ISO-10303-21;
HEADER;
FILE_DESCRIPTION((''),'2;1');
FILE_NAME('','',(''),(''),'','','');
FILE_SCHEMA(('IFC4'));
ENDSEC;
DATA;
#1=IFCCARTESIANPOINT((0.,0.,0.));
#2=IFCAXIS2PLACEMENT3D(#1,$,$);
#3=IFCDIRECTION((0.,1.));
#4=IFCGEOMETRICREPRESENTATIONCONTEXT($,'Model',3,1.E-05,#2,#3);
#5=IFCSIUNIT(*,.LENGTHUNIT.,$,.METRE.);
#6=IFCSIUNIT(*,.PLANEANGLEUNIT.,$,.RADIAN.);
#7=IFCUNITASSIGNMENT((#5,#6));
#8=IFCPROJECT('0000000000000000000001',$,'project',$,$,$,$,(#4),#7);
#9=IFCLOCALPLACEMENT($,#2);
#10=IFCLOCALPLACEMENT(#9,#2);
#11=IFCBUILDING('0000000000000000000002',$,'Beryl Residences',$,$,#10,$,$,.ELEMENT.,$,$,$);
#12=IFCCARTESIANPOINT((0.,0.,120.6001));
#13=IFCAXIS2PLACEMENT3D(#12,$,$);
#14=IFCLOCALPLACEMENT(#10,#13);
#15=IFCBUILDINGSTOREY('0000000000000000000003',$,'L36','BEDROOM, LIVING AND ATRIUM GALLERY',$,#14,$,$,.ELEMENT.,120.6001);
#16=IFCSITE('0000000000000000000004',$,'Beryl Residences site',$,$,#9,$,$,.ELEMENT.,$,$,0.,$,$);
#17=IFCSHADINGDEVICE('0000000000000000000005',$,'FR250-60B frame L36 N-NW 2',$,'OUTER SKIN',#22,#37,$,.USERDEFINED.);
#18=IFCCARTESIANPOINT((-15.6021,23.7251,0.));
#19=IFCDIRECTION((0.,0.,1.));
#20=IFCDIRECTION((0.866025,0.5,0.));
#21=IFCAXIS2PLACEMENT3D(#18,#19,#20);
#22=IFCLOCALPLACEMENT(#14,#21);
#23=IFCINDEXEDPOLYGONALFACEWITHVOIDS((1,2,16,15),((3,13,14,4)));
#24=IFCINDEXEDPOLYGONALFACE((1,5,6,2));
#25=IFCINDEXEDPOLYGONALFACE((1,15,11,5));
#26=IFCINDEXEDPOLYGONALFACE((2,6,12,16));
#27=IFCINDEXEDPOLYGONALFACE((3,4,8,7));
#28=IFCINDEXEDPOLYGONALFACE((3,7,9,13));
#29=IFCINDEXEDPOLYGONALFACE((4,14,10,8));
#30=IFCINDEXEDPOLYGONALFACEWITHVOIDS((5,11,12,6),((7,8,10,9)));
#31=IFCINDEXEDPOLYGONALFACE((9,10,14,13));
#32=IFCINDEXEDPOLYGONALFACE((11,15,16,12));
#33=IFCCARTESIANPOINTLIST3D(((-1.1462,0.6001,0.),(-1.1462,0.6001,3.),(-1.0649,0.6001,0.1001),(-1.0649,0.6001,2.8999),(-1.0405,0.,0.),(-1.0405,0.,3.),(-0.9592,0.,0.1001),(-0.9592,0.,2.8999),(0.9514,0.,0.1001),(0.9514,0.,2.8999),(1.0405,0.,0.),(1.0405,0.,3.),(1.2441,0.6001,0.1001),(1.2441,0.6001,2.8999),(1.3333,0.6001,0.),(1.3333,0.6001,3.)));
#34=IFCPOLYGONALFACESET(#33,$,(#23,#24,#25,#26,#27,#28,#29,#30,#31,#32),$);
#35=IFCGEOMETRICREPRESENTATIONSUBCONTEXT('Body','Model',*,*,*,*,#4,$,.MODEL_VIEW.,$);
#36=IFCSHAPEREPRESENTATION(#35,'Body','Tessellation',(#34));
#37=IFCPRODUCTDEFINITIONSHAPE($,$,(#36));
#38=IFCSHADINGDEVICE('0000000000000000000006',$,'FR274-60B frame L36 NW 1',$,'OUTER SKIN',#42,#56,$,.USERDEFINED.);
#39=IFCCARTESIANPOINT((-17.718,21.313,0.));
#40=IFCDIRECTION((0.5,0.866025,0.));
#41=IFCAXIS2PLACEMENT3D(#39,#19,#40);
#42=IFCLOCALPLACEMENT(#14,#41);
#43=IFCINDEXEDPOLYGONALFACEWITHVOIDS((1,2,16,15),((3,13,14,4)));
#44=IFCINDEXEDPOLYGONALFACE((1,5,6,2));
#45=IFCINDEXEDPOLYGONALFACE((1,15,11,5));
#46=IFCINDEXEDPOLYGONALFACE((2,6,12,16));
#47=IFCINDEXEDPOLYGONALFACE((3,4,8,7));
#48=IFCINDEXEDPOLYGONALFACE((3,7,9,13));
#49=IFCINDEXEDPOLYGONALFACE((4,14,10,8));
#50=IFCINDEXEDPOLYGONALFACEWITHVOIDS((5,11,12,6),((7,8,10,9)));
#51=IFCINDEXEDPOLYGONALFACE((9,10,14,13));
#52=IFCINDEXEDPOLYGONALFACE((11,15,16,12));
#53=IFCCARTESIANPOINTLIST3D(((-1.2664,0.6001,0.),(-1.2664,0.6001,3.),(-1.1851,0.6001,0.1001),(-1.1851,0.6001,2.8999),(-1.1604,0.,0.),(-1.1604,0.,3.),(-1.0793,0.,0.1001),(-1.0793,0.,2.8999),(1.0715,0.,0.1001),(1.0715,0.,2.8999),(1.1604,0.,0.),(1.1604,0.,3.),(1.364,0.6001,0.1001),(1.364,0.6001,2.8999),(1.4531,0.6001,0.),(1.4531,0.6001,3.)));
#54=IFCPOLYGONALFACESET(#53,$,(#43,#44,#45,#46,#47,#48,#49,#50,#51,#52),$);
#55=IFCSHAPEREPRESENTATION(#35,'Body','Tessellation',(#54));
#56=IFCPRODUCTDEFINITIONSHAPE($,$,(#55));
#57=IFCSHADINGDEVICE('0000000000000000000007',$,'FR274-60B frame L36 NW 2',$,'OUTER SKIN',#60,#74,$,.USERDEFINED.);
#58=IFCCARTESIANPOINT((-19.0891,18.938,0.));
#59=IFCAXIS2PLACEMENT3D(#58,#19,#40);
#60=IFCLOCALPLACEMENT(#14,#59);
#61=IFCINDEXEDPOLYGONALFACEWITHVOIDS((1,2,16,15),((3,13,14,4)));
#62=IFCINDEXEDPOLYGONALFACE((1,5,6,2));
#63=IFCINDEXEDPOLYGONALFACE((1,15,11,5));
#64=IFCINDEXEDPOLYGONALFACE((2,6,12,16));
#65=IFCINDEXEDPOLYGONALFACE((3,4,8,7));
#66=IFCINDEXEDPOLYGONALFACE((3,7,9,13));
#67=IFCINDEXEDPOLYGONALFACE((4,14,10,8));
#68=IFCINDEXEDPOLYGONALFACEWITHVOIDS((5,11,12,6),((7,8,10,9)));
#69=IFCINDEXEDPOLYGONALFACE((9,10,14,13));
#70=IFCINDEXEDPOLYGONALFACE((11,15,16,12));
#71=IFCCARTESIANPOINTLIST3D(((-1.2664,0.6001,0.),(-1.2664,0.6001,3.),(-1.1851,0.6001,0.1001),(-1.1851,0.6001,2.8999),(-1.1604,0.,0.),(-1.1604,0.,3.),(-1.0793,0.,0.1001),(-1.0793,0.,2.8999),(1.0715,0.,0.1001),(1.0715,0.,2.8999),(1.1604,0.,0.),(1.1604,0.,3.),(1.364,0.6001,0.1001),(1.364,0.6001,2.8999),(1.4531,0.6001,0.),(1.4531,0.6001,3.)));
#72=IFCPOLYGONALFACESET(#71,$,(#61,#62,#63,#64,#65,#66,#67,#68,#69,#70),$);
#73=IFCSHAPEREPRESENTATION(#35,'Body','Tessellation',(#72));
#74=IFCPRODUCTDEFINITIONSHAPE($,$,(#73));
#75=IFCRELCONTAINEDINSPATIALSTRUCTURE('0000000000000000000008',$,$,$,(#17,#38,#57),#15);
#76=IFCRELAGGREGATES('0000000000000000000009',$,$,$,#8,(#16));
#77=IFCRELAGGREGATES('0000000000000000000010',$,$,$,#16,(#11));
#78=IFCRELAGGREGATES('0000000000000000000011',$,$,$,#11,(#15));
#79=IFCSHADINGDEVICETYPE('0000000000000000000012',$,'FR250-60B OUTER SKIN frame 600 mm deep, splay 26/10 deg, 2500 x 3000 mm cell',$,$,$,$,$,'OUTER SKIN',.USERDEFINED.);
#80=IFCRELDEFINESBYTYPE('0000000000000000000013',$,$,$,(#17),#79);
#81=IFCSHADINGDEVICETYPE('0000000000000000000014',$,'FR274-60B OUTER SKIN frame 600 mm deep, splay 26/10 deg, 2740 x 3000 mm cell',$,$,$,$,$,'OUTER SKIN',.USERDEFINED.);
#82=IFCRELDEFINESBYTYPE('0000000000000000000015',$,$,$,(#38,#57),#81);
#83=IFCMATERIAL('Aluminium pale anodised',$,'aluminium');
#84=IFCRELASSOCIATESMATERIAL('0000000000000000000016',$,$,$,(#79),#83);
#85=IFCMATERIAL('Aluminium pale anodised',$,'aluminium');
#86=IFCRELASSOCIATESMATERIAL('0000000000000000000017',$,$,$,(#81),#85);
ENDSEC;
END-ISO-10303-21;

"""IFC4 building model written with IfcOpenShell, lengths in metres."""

from ifc_helpers import new_model, entity, si_unit, direction, frame, origin, place, context, subcontext, project, spatial, source, transform, mapped, material, type_object, type_shapes, element, save


model = new_model("IFC4")

# Units and contexts
model_context = context("Model", 3, precision=1e-05, world=origin(), true_north=direction((0.0, 1.0)))
body_context = subcontext(model_context, "Body", "Model", "MODEL_VIEW")
ifc_project = project(units=[si_unit("LENGTHUNIT", "METRE"), si_unit("PLANEANGLEUNIT", "RADIAN")], contexts=[model_context])

# Site, building, storey
site_placement = place(None, origin())
site = spatial("IfcSite", under=ifc_project, at=site_placement, Name="Beryl Residences site", CompositionType="ELEMENT", RefElevation=0.0)
building_placement = place(site_placement, origin())
building = spatial("IfcBuilding", under=site, at=building_placement, Name="Beryl Residences", CompositionType="ELEMENT")
storey_placement = place(building_placement, frame((0.0, 0.0, 120.6001)))
storey = spatial("IfcBuildingStorey", under=building, at=storey_placement, Name="L36", Description="BEDROOM, LIVING AND ATRIUM GALLERY", CompositionType="ELEMENT", Elevation=120.6001)

# Shading devices
ifc_material_1 = material(Name="Aluminium pale anodised", Category="aluminium")
shading_device_type_1 = type_object("IfcShadingDeviceType", Name="FR250-60B OUTER SKIN frame 600 mm deep, splay 26/10 deg, 2500 x 3000 mm cell", ElementType="OUTER SKIN", PredefinedType="USERDEFINED", material=ifc_material_1)
cartesian_point_1 = entity("IfcCartesianPoint", [-1.0405, 0.0])
cartesian_point_2 = entity("IfcCartesianPoint", [-0.9514, 0.1001])
cartesian_point_3 = entity("IfcCartesianPoint", [-1.3333, 0.0])
cartesian_point_4 = entity("IfcCartesianPoint", [-1.2441, 0.1001])
shared_shape_1 = source(origin(), body_context, "Body", "SweptSolid", [
    entity("IfcExtrudedAreaSolidTapered", entity("IfcArbitraryProfileDefWithVoids", "AREA", None, entity("IfcPolyline", [cartesian_point_1, entity("IfcCartesianPoint", [1.0405, 0.0]), entity("IfcCartesianPoint", [1.0405, 3.0]), entity("IfcCartesianPoint", [-1.0405, 3.0]), cartesian_point_1]), [entity("IfcPolyline", [cartesian_point_2, entity("IfcCartesianPoint", [0.9592, 0.1001]), entity("IfcCartesianPoint", [0.9592, 2.8999]), entity("IfcCartesianPoint", [-0.9514, 2.8999]), cartesian_point_2])]), entity("IfcAxis2Placement3D", entity("IfcCartesianPoint", [0.0, 0.0, 0.0]), entity("IfcDirection", [0.0, 1.0, 0.0]), entity("IfcDirection", [-1.0, 0.0, 0.0])), entity("IfcDirection", [0.0, 0.0, 1.0]), 0.6001, entity("IfcArbitraryProfileDefWithVoids", "AREA", None, entity("IfcPolyline", [cartesian_point_3, entity("IfcCartesianPoint", [1.1462, 0.0]), entity("IfcCartesianPoint", [1.1462, 3.0]), entity("IfcCartesianPoint", [-1.3333, 3.0]), cartesian_point_3]), [entity("IfcPolyline", [cartesian_point_4, entity("IfcCartesianPoint", [1.0649, 0.1001]), entity("IfcCartesianPoint", [1.0649, 2.8999]), entity("IfcCartesianPoint", [-1.2441, 2.8999]), cartesian_point_4])])),
])
type_shapes(shading_device_type_1, [shared_shape_1])
shading_device_placement = place(storey_placement, frame((-15.6021, 23.7251, 0.0), z_axis=(0.0, 0.0, 1.0), x_axis=(0.866025, 0.5, 0.0)))
element("IfcShadingDevice", 1, at=shading_device_placement, inside=storey, type_object=shading_device_type_1, Name="FR250-60B frame L36 N-NW 2", ObjectType="OUTER SKIN", PredefinedType="USERDEFINED", context=body_context, shape_type="MappedRepresentation", body=[
    mapped(shared_shape_1, transform((0.0, 0.0, 0.0))),
])
ifc_material_2 = material(Name="Aluminium pale anodised", Category="aluminium")
shading_device_type_2 = type_object("IfcShadingDeviceType", Name="FR274-60B OUTER SKIN frame 600 mm deep, splay 26/10 deg, 2740 x 3000 mm cell", ElementType="OUTER SKIN", PredefinedType="USERDEFINED", material=ifc_material_2)
cartesian_point_5 = entity("IfcCartesianPoint", [-1.1604, 0.0])
cartesian_point_6 = entity("IfcCartesianPoint", [-1.0715, 0.1001])
cartesian_point_7 = entity("IfcCartesianPoint", [-1.4531, 0.0])
cartesian_point_8 = entity("IfcCartesianPoint", [-1.364, 0.1001])
shared_shape_2 = source(origin(), body_context, "Body", "SweptSolid", [
    entity("IfcExtrudedAreaSolidTapered", entity("IfcArbitraryProfileDefWithVoids", "AREA", None, entity("IfcPolyline", [cartesian_point_5, entity("IfcCartesianPoint", [1.1604, 0.0]), entity("IfcCartesianPoint", [1.1604, 3.0]), entity("IfcCartesianPoint", [-1.1604, 3.0]), cartesian_point_5]), [entity("IfcPolyline", [cartesian_point_6, entity("IfcCartesianPoint", [1.0793, 0.1001]), entity("IfcCartesianPoint", [1.0793, 2.8999]), entity("IfcCartesianPoint", [-1.0715, 2.8999]), cartesian_point_6])]), entity("IfcAxis2Placement3D", entity("IfcCartesianPoint", [0.0, 0.0, 0.0]), entity("IfcDirection", [0.0, 1.0, 0.0]), entity("IfcDirection", [-1.0, 0.0, 0.0])), entity("IfcDirection", [0.0, 0.0, 1.0]), 0.6001, entity("IfcArbitraryProfileDefWithVoids", "AREA", None, entity("IfcPolyline", [cartesian_point_7, entity("IfcCartesianPoint", [1.2664, 0.0]), entity("IfcCartesianPoint", [1.2664, 3.0]), entity("IfcCartesianPoint", [-1.4531, 3.0]), cartesian_point_7]), [entity("IfcPolyline", [cartesian_point_8, entity("IfcCartesianPoint", [1.1851, 0.1001]), entity("IfcCartesianPoint", [1.1851, 2.8999]), entity("IfcCartesianPoint", [-1.364, 2.8999]), cartesian_point_8])])),
])
type_shapes(shading_device_type_2, [shared_shape_2])
for number, where, z_axis, x_axis, name in (
    (2, (-17.718, 21.313, 0.0), (0.0, 0.0, 1.0), (0.5, 0.866025, 0.0), "FR274-60B frame L36 NW 1"),
    (3, (-19.0891, 18.938, 0.0), (0.0, 0.0, 1.0), (0.5, 0.866025, 0.0), "FR274-60B frame L36 NW 2"),
):
    element("IfcShadingDevice", number, at=place(storey_placement, frame(where, z_axis=z_axis, x_axis=x_axis)), inside=storey, type_object=shading_device_type_2, Name=name, ObjectType="OUTER SKIN", PredefinedType="USERDEFINED", context=body_context, shape_type="MappedRepresentation", body=[
        mapped(shared_shape_2, transform((0.0, 0.0, 0.0))),
    ])

save(model, "model.ifc")
